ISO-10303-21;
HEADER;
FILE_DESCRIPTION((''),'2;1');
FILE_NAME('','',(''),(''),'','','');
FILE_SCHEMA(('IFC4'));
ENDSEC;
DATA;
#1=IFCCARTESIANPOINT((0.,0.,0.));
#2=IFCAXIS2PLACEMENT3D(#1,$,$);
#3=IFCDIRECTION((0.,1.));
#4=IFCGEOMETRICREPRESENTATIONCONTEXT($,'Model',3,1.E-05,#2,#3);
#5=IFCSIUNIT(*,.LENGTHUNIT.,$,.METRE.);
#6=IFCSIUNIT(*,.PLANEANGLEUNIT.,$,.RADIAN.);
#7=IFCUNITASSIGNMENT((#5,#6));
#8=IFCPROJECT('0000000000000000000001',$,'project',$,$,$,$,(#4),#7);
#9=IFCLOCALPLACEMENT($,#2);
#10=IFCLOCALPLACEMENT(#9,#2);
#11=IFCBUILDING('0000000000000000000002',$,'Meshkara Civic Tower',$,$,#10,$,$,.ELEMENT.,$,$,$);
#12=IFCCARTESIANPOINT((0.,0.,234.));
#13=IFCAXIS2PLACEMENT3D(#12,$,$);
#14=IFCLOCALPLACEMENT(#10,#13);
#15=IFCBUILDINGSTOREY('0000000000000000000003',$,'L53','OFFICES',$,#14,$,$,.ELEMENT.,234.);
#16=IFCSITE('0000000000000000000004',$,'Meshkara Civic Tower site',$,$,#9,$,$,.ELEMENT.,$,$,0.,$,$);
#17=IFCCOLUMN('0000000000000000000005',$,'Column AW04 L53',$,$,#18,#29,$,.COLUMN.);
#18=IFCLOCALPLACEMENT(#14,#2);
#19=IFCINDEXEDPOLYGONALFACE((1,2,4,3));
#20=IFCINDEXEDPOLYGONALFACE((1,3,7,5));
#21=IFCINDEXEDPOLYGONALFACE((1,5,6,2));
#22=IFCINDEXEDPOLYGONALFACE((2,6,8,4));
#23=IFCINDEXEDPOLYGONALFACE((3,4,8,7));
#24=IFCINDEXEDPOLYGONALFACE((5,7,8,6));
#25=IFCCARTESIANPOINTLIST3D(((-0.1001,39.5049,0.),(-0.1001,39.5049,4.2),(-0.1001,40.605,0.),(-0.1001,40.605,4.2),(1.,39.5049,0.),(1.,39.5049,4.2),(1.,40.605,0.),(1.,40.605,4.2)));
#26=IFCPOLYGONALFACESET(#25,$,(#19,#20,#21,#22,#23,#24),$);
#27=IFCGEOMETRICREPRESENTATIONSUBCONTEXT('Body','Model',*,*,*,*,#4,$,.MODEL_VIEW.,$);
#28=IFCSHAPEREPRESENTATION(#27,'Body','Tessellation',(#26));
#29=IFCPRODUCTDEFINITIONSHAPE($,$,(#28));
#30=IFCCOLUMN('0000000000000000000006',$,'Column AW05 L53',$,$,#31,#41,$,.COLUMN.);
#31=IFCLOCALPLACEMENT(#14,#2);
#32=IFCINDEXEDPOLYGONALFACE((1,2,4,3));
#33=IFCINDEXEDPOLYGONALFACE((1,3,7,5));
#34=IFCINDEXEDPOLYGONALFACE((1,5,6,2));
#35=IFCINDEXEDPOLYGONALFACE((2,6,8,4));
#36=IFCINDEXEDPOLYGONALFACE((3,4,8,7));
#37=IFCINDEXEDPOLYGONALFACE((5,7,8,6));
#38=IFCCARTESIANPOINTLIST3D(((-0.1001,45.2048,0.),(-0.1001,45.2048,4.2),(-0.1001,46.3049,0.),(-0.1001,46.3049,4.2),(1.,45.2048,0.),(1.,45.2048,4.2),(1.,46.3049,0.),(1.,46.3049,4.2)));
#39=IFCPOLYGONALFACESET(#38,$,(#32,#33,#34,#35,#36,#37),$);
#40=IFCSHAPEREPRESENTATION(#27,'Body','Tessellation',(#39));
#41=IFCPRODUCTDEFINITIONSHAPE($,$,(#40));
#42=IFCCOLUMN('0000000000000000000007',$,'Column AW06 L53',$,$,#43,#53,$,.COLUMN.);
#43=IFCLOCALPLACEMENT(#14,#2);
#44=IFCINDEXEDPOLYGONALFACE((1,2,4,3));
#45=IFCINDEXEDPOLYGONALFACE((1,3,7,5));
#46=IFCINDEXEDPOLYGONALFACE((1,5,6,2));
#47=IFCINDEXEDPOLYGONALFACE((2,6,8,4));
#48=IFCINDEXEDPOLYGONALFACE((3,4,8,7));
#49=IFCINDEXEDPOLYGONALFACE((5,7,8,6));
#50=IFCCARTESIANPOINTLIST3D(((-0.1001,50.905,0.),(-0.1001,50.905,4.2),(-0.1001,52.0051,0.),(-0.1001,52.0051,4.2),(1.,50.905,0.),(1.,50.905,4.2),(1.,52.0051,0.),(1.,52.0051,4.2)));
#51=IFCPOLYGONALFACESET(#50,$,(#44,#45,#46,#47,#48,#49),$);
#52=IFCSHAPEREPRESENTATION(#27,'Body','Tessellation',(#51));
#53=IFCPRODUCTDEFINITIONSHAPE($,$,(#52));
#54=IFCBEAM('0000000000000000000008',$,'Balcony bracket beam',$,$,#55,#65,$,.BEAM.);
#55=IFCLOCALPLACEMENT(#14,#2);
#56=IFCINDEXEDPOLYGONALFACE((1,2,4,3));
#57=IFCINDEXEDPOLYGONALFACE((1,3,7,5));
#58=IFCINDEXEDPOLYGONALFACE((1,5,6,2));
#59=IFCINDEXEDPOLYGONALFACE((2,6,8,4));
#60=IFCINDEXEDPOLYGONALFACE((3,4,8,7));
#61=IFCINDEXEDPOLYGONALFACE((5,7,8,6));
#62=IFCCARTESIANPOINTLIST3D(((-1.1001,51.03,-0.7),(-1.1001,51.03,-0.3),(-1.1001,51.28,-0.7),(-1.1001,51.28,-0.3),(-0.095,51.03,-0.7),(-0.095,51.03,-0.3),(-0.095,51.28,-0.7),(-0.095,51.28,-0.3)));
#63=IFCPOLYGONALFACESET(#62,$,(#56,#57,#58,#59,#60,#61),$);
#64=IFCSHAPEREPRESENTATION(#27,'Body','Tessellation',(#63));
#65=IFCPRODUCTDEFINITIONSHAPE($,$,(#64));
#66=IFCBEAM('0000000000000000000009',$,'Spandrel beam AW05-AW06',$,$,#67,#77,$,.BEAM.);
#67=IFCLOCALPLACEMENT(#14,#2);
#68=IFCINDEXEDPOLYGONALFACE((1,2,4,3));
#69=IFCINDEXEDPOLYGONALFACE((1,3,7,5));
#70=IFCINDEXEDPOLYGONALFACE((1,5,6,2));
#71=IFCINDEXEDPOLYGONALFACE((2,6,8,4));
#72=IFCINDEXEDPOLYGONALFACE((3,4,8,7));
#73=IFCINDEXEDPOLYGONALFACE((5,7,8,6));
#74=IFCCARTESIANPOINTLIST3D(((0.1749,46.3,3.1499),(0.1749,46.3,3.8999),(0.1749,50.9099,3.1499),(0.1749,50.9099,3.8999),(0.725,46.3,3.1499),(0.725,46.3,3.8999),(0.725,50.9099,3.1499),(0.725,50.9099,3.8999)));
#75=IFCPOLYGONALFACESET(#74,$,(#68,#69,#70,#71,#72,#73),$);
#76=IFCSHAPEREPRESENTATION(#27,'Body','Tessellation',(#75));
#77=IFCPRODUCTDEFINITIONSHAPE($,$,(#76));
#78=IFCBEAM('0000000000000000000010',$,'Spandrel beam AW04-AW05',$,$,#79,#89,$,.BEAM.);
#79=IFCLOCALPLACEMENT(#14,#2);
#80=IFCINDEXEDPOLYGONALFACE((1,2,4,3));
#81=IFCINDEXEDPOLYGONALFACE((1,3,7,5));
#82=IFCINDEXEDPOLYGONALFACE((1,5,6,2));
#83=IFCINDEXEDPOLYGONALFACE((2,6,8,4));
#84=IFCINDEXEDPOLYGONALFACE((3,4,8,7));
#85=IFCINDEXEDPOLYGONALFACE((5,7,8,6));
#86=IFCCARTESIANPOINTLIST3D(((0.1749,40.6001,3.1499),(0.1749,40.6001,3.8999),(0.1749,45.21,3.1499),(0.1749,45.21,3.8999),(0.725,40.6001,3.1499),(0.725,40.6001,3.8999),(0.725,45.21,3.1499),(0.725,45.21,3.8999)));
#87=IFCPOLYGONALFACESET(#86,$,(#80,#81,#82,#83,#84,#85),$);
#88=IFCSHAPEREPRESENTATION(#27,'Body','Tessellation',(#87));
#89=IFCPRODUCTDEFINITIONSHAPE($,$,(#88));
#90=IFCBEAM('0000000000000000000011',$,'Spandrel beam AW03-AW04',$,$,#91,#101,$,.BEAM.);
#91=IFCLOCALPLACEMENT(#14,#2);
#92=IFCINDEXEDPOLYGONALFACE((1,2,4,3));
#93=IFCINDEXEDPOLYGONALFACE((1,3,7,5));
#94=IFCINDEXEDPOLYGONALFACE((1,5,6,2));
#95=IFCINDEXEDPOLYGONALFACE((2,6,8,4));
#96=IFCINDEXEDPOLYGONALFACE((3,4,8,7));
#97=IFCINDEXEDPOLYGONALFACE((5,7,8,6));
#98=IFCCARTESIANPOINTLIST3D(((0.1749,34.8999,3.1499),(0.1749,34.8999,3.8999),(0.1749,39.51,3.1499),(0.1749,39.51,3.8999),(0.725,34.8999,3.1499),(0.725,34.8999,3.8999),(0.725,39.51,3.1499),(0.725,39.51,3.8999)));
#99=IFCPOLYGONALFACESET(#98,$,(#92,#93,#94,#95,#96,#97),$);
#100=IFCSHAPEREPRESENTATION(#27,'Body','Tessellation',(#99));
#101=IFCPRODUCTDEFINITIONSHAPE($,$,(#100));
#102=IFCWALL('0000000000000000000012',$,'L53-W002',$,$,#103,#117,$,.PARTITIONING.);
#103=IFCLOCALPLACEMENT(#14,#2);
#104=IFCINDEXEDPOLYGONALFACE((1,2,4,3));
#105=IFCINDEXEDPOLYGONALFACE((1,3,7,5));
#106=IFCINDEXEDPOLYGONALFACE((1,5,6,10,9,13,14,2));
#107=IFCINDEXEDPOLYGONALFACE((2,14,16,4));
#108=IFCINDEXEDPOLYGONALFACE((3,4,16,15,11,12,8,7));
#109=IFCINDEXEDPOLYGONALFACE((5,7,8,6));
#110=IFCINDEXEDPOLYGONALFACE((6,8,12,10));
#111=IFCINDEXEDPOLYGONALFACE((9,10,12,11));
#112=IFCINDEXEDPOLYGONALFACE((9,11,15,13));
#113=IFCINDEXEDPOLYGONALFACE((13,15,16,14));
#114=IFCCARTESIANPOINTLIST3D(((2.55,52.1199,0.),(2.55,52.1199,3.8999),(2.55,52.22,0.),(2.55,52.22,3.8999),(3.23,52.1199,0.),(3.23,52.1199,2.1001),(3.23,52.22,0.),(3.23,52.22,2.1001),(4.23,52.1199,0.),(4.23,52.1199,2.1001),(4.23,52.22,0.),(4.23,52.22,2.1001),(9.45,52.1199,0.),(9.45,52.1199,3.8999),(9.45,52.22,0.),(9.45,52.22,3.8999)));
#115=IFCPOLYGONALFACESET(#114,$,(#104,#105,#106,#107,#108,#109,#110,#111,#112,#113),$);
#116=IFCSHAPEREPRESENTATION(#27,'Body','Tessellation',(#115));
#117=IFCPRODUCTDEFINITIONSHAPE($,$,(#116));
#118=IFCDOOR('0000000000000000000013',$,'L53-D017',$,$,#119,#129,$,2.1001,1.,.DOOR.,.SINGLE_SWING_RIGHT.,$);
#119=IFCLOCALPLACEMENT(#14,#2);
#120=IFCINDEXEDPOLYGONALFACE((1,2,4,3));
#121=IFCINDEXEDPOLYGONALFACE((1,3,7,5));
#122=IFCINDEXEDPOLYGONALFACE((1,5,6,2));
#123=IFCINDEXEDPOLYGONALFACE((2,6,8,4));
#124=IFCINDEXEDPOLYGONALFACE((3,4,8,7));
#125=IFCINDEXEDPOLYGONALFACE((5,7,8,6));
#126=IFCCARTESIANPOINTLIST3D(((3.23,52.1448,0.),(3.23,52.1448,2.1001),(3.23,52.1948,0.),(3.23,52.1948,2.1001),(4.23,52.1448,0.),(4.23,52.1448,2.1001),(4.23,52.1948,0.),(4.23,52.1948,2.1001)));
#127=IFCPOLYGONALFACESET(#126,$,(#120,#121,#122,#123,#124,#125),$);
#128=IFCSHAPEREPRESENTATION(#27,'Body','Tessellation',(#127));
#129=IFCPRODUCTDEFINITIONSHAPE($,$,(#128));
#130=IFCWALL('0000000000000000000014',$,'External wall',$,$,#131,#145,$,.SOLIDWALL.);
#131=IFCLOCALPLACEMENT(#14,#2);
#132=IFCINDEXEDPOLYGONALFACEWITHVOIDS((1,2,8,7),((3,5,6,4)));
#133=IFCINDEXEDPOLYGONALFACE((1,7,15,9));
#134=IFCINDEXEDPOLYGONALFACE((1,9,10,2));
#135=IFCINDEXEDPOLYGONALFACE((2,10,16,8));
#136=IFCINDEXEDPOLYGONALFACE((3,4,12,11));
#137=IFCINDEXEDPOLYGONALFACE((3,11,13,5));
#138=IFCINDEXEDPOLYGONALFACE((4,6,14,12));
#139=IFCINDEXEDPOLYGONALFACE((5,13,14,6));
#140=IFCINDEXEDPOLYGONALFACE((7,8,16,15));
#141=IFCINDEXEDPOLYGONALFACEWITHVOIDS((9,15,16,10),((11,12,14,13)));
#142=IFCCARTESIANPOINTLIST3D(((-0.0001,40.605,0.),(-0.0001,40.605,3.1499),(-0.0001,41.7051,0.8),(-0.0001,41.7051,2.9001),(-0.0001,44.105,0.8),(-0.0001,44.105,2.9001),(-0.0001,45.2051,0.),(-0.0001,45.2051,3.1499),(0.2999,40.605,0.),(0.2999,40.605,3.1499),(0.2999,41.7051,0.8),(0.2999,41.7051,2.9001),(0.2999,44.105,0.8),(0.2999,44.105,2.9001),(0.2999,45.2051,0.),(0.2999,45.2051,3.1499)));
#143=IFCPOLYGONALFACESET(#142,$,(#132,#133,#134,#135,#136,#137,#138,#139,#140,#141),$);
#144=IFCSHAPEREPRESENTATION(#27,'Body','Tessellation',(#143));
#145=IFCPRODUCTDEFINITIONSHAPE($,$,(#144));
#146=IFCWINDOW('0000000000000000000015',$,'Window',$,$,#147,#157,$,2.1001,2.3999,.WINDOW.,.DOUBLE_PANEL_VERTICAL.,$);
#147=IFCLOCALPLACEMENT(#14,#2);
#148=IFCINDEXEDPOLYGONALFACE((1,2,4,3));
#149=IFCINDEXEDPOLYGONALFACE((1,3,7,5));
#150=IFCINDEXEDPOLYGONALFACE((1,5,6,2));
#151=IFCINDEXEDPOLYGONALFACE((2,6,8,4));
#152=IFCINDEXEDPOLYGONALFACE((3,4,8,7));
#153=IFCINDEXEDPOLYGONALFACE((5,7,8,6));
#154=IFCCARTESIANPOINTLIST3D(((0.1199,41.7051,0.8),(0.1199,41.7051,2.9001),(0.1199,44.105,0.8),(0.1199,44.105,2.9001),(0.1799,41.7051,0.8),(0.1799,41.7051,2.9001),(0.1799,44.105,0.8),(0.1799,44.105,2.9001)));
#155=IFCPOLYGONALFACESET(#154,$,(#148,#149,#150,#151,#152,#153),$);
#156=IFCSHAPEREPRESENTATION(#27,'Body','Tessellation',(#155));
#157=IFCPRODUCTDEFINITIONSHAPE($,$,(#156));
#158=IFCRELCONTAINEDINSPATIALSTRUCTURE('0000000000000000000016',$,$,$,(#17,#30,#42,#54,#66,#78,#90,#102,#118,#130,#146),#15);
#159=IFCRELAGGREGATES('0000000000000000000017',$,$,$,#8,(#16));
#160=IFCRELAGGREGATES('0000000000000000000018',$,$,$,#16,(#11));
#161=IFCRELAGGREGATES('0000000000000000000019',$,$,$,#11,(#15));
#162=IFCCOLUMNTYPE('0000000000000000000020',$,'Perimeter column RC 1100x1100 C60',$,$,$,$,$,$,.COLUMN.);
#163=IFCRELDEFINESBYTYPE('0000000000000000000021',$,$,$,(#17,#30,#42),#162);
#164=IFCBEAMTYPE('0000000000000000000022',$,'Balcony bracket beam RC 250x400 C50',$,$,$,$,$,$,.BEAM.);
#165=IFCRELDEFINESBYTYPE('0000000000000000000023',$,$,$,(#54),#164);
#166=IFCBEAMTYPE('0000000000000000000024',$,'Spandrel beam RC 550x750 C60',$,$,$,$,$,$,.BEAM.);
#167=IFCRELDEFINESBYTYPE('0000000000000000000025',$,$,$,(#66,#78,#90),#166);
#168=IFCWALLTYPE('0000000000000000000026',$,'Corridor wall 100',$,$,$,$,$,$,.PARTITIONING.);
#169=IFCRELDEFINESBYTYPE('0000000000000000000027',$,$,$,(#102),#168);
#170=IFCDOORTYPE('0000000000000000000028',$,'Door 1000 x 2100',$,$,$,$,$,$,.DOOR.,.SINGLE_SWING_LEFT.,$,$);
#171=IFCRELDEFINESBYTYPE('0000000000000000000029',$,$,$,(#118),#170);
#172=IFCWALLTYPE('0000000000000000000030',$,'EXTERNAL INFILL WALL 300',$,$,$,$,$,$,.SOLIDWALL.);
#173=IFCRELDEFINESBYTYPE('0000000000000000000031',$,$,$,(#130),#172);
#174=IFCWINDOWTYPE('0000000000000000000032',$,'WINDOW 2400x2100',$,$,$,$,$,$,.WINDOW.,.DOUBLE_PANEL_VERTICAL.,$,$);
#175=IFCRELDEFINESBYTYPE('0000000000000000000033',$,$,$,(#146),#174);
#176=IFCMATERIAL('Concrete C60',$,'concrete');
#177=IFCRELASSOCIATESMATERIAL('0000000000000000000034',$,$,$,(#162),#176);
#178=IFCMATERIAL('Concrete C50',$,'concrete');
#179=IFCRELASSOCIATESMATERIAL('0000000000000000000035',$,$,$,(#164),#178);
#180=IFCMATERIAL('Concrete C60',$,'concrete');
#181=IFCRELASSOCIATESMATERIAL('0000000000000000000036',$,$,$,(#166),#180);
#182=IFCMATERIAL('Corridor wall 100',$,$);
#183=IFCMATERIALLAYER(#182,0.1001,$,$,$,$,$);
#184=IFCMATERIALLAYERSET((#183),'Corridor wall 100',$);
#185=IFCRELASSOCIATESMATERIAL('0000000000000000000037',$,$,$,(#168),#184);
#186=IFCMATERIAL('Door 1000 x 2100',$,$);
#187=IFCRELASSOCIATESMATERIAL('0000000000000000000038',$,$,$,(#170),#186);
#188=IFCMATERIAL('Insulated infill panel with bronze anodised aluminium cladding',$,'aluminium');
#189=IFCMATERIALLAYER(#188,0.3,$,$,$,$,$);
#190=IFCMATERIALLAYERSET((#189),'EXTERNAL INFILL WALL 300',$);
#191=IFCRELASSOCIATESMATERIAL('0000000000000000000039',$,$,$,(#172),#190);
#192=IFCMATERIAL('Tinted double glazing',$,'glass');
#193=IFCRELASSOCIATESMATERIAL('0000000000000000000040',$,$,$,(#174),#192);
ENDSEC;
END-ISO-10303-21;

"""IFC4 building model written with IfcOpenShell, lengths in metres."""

from ifc_helpers import new_model, si_unit, direction, frame, frame_2d, origin, origin_2d, place, context, subcontext, project, spatial, rectangle, extrude, material, layer, layer_set, material_profile, profile_set, type_object, element, fill, save


model = new_model("IFC4")

# Units and contexts
model_context = context("Model", 3, precision=1e-05, world=origin(), true_north=direction((0.0, 1.0)))
body_context = subcontext(model_context, "Body", "Model", "MODEL_VIEW")
ifc_project = project(units=[si_unit("LENGTHUNIT", "METRE"), si_unit("PLANEANGLEUNIT", "RADIAN")], contexts=[model_context])

# Site, building, storey
site_placement = place(None, origin())
site = spatial("IfcSite", under=ifc_project, at=site_placement, Name="Meshkara Civic Tower site", CompositionType="ELEMENT", RefElevation=0.0)
building_placement = place(site_placement, origin())
building = spatial("IfcBuilding", under=site, at=building_placement, Name="Meshkara Civic Tower", CompositionType="ELEMENT")
storey_placement = place(building_placement, frame((0.0, 0.0, 234.0)))
storey = spatial("IfcBuildingStorey", under=building, at=storey_placement, Name="L53", Description="OFFICES", CompositionType="ELEMENT", Elevation=234.0)

# Columns
ifc_material_1 = material(Name="Concrete C60", Category="concrete")
ifc_material_profile_1 = material_profile(ifc_material_1, rectangle(XDim=1.1001, YDim=1.1001, at=origin_2d()))
ifc_profile_set_1 = profile_set([ifc_material_profile_1], Name="Concrete C60")
column_type = type_object("IfcColumnType", Name="Perimeter column RC 1100x1100 C60", PredefinedType="COLUMN", material=ifc_profile_set_1)
for number, where, z_axis, x_axis, name in (
    (1, (0.45, 40.0549, 0.0), (0.0, 0.0, 1.0), (1.0, 0.0, 0.0), "Column AW04 L53"),
    (2, (0.45, 45.7549, 0.0), (0.0, 0.0, 1.0), (1.0, 0.0, 0.0), "Column AW05 L53"),
    (3, (0.45, 51.4551, 0.0), (0.0, 0.0, 1.0), (1.0, 0.0, 0.0), "Column AW06 L53"),
):
    element("IfcColumn", number, at=place(storey_placement, frame(where, z_axis=z_axis, x_axis=x_axis)), inside=storey, type_object=column_type, Name=name, PredefinedType="COLUMN", context=body_context, shape_type="SweptSolid", body=[
        extrude(rectangle(XDim=1.1001, YDim=1.1001, at=origin_2d()), origin(), (0.0, 0.0, 1.0), 4.2),
    ])

# Beams
ifc_material_2 = material(Name="Concrete C50", Category="concrete")
ifc_material_profile_2 = material_profile(ifc_material_2, rectangle(XDim=0.25, YDim=0.3999, at=origin_2d()))
ifc_profile_set_2 = profile_set([ifc_material_profile_2], Name="Concrete C50")
beam_type_1 = type_object("IfcBeamType", Name="Balcony bracket beam RC 250x400 C50", PredefinedType="BEAM", material=ifc_profile_set_2)
beam_1_placement = place(storey_placement, frame((-0.095, 51.155, -0.5), z_axis=(-1.0, 0.0, 0.0), x_axis=(0.0, -1.0, 0.0)))
element("IfcBeam", 4, at=beam_1_placement, inside=storey, type_object=beam_type_1, Name="Balcony bracket beam", PredefinedType="BEAM", context=body_context, shape_type="SweptSolid", body=[
    extrude(rectangle(XDim=0.25, YDim=0.3999, at=origin_2d()), origin(), (0.0, 0.0, 1.0), 1.0051),
])
ifc_material_3 = material(Name="Concrete C60", Category="concrete")
ifc_material_profile_3 = material_profile(ifc_material_3, rectangle(XDim=0.55, YDim=0.75, at=origin_2d()))
ifc_profile_set_3 = profile_set([ifc_material_profile_3], Name="Concrete C60")
beam_type_2 = type_object("IfcBeamType", Name="Spandrel beam RC 550x750 C60", PredefinedType="BEAM", material=ifc_profile_set_3)
for number, where, z_axis, x_axis, name in (
    (5, (0.45, 50.9099, 3.5249), (0.0, -1.0, 0.0), (1.0, 0.0, 0.0), "Spandrel beam AW05-AW06"),
    (6, (0.45, 45.21, 3.5249), (0.0, -1.0, 0.0), (1.0, 0.0, 0.0), "Spandrel beam AW04-AW05"),
):
    element("IfcBeam", number, at=place(storey_placement, frame(where, z_axis=z_axis, x_axis=x_axis)), inside=storey, type_object=beam_type_2, Name=name, PredefinedType="BEAM", context=body_context, shape_type="SweptSolid", body=[
        extrude(rectangle(XDim=0.55, YDim=0.75, at=origin_2d()), origin(), (0.0, 0.0, 1.0), 4.6099),
    ])
beam_2_placement = place(storey_placement, frame((0.45, 39.51, 3.5249), z_axis=(0.0, -1.0, 0.0), x_axis=(1.0, 0.0, 0.0)))
element("IfcBeam", 7, at=beam_2_placement, inside=storey, type_object=beam_type_2, Name="Spandrel beam AW03-AW04", PredefinedType="BEAM", context=body_context, shape_type="SweptSolid", body=[
    extrude(rectangle(XDim=0.55, YDim=0.75, at=origin_2d()), origin(), (0.0, 0.0, 1.0), 4.6101),
])

# Wall, opening, door
ifc_material_4 = material(Name="Corridor wall 100")
ifc_layer_1 = layer(ifc_material_4, 0.1001)
ifc_layer_set_1 = layer_set([ifc_layer_1], Name="Corridor wall 100")
wall_type_1 = type_object("IfcWallType", Name="Corridor wall 100", PredefinedType="PARTITIONING", material=ifc_layer_set_1)
wall_1_placement = place(storey_placement, frame((2.55, 52.1699, 0.0), z_axis=(0.0, 0.0, 1.0), x_axis=(1.0, 0.0, 0.0)))
wall_1 = element("IfcWall", 8, at=wall_1_placement, inside=storey, type_object=wall_type_1, Name="L53-W002", PredefinedType="PARTITIONING", context=body_context, shape_type="SweptSolid", body=[
    extrude(rectangle(XDim=6.8999, YDim=0.1001, at=frame_2d((3.45, 0.0))), origin(), (0.0, 0.0, 1.0), 3.8999),
])
opening_1_placement = place(wall_1_placement, frame((0.6799, 0.0, 0.0)))
opening_1 = element("IfcOpeningElement", 9, at=opening_1_placement, cuts=wall_1, PredefinedType="OPENING", context=body_context, shape_type="SweptSolid", body=[
    extrude(rectangle(XDim=1.0, YDim=2.1001, at=frame_2d((0.5, 1.05))), frame((0.0, 0.0601, 0.0), z_axis=(0.0, -1.0, 0.0), x_axis=(1.0, 0.0, 0.0)), (0.0, 0.0, 1.0), 0.1201),
])
ifc_material_5 = material(Name="Door 1000 x 2100")
door_type_1 = type_object("IfcDoorType", Name="Door 1000 x 2100", OperationType="SINGLE_SWING_LEFT", PredefinedType="DOOR", material=ifc_material_5)
door_1_placement = place(opening_1_placement, origin())
door_1 = element("IfcDoor", 10, at=door_1_placement, inside=storey, type_object=door_type_1, Name="L53-D017", OperationType="SINGLE_SWING_RIGHT", OverallHeight=2.1001, OverallWidth=1.0, PredefinedType="DOOR", context=body_context, shape_type="SweptSolid", body=[
    extrude(rectangle(XDim=1.0, YDim=2.1001, at=frame_2d((0.5, 1.05))), frame((0.0, 0.0249, 0.0), z_axis=(0.0, -1.0, 0.0), x_axis=(1.0, 0.0, 0.0)), (0.0, 0.0, 1.0), 0.05),
])
fill(opening_1, door_1)

# Wall, opening, window
ifc_material_6 = material(Name="Insulated infill panel with bronze anodised aluminium cladding", Category="aluminium")
ifc_layer_2 = layer(ifc_material_6, 0.3)
ifc_layer_set_2 = layer_set([ifc_layer_2], Name="EXTERNAL INFILL WALL 300")
wall_type_2 = type_object("IfcWallType", Name="EXTERNAL INFILL WALL 300", PredefinedType="SOLIDWALL", material=ifc_layer_set_2)
wall_2_placement = place(storey_placement, frame((0.1499, 45.2051, 0.0), z_axis=(0.0, 0.0, 1.0), x_axis=(0.0, -1.0, 0.0)))
wall_2 = element("IfcWall", 11, at=wall_2_placement, inside=storey, type_object=wall_type_2, Name="External wall", PredefinedType="SOLIDWALL", context=body_context, shape_type="SweptSolid", body=[
    extrude(rectangle(XDim=4.6001, YDim=0.3, at=frame_2d((2.3, 0.0))), origin(), (0.0, 0.0, 1.0), 3.1499),
])
opening_2_placement = place(wall_2_placement, frame((1.1001, 0.0, 0.8)))
opening_2 = element("IfcOpeningElement", 12, at=opening_2_placement, cuts=wall_2, PredefinedType="OPENING", context=body_context, shape_type="SweptSolid", body=[
    extrude(rectangle(XDim=2.3999, YDim=2.1001, at=frame_2d((1.2, 1.05))), frame((0.0, 0.1599, 0.0), z_axis=(0.0, -1.0, 0.0), x_axis=(1.0, 0.0, 0.0)), (0.0, 0.0, 1.0), 0.3201),
])
ifc_material_7 = material(Name="Tinted double glazing", Category="glass")
window_type = type_object("IfcWindowType", Name="WINDOW 2400x2100", PartitioningType="DOUBLE_PANEL_VERTICAL", PredefinedType="WINDOW", material=ifc_material_7)
window_1_placement = place(opening_2_placement, origin())
window_1 = element("IfcWindow", 13, at=window_1_placement, inside=storey, type_object=window_type, Name="Window", OverallHeight=2.1001, OverallWidth=2.3999, PartitioningType="DOUBLE_PANEL_VERTICAL", PredefinedType="WINDOW", context=body_context, shape_type="SweptSolid", body=[
    extrude(rectangle(XDim=2.3999, YDim=2.1001, at=frame_2d((1.2, 1.05))), frame((0.0, 0.03, 0.0), z_axis=(0.0, -1.0, 0.0), x_axis=(1.0, 0.0, 0.0)), (0.0, 0.0, 1.0), 0.0601),
])
fill(opening_2, window_1)

save(model, "model.ifc")
